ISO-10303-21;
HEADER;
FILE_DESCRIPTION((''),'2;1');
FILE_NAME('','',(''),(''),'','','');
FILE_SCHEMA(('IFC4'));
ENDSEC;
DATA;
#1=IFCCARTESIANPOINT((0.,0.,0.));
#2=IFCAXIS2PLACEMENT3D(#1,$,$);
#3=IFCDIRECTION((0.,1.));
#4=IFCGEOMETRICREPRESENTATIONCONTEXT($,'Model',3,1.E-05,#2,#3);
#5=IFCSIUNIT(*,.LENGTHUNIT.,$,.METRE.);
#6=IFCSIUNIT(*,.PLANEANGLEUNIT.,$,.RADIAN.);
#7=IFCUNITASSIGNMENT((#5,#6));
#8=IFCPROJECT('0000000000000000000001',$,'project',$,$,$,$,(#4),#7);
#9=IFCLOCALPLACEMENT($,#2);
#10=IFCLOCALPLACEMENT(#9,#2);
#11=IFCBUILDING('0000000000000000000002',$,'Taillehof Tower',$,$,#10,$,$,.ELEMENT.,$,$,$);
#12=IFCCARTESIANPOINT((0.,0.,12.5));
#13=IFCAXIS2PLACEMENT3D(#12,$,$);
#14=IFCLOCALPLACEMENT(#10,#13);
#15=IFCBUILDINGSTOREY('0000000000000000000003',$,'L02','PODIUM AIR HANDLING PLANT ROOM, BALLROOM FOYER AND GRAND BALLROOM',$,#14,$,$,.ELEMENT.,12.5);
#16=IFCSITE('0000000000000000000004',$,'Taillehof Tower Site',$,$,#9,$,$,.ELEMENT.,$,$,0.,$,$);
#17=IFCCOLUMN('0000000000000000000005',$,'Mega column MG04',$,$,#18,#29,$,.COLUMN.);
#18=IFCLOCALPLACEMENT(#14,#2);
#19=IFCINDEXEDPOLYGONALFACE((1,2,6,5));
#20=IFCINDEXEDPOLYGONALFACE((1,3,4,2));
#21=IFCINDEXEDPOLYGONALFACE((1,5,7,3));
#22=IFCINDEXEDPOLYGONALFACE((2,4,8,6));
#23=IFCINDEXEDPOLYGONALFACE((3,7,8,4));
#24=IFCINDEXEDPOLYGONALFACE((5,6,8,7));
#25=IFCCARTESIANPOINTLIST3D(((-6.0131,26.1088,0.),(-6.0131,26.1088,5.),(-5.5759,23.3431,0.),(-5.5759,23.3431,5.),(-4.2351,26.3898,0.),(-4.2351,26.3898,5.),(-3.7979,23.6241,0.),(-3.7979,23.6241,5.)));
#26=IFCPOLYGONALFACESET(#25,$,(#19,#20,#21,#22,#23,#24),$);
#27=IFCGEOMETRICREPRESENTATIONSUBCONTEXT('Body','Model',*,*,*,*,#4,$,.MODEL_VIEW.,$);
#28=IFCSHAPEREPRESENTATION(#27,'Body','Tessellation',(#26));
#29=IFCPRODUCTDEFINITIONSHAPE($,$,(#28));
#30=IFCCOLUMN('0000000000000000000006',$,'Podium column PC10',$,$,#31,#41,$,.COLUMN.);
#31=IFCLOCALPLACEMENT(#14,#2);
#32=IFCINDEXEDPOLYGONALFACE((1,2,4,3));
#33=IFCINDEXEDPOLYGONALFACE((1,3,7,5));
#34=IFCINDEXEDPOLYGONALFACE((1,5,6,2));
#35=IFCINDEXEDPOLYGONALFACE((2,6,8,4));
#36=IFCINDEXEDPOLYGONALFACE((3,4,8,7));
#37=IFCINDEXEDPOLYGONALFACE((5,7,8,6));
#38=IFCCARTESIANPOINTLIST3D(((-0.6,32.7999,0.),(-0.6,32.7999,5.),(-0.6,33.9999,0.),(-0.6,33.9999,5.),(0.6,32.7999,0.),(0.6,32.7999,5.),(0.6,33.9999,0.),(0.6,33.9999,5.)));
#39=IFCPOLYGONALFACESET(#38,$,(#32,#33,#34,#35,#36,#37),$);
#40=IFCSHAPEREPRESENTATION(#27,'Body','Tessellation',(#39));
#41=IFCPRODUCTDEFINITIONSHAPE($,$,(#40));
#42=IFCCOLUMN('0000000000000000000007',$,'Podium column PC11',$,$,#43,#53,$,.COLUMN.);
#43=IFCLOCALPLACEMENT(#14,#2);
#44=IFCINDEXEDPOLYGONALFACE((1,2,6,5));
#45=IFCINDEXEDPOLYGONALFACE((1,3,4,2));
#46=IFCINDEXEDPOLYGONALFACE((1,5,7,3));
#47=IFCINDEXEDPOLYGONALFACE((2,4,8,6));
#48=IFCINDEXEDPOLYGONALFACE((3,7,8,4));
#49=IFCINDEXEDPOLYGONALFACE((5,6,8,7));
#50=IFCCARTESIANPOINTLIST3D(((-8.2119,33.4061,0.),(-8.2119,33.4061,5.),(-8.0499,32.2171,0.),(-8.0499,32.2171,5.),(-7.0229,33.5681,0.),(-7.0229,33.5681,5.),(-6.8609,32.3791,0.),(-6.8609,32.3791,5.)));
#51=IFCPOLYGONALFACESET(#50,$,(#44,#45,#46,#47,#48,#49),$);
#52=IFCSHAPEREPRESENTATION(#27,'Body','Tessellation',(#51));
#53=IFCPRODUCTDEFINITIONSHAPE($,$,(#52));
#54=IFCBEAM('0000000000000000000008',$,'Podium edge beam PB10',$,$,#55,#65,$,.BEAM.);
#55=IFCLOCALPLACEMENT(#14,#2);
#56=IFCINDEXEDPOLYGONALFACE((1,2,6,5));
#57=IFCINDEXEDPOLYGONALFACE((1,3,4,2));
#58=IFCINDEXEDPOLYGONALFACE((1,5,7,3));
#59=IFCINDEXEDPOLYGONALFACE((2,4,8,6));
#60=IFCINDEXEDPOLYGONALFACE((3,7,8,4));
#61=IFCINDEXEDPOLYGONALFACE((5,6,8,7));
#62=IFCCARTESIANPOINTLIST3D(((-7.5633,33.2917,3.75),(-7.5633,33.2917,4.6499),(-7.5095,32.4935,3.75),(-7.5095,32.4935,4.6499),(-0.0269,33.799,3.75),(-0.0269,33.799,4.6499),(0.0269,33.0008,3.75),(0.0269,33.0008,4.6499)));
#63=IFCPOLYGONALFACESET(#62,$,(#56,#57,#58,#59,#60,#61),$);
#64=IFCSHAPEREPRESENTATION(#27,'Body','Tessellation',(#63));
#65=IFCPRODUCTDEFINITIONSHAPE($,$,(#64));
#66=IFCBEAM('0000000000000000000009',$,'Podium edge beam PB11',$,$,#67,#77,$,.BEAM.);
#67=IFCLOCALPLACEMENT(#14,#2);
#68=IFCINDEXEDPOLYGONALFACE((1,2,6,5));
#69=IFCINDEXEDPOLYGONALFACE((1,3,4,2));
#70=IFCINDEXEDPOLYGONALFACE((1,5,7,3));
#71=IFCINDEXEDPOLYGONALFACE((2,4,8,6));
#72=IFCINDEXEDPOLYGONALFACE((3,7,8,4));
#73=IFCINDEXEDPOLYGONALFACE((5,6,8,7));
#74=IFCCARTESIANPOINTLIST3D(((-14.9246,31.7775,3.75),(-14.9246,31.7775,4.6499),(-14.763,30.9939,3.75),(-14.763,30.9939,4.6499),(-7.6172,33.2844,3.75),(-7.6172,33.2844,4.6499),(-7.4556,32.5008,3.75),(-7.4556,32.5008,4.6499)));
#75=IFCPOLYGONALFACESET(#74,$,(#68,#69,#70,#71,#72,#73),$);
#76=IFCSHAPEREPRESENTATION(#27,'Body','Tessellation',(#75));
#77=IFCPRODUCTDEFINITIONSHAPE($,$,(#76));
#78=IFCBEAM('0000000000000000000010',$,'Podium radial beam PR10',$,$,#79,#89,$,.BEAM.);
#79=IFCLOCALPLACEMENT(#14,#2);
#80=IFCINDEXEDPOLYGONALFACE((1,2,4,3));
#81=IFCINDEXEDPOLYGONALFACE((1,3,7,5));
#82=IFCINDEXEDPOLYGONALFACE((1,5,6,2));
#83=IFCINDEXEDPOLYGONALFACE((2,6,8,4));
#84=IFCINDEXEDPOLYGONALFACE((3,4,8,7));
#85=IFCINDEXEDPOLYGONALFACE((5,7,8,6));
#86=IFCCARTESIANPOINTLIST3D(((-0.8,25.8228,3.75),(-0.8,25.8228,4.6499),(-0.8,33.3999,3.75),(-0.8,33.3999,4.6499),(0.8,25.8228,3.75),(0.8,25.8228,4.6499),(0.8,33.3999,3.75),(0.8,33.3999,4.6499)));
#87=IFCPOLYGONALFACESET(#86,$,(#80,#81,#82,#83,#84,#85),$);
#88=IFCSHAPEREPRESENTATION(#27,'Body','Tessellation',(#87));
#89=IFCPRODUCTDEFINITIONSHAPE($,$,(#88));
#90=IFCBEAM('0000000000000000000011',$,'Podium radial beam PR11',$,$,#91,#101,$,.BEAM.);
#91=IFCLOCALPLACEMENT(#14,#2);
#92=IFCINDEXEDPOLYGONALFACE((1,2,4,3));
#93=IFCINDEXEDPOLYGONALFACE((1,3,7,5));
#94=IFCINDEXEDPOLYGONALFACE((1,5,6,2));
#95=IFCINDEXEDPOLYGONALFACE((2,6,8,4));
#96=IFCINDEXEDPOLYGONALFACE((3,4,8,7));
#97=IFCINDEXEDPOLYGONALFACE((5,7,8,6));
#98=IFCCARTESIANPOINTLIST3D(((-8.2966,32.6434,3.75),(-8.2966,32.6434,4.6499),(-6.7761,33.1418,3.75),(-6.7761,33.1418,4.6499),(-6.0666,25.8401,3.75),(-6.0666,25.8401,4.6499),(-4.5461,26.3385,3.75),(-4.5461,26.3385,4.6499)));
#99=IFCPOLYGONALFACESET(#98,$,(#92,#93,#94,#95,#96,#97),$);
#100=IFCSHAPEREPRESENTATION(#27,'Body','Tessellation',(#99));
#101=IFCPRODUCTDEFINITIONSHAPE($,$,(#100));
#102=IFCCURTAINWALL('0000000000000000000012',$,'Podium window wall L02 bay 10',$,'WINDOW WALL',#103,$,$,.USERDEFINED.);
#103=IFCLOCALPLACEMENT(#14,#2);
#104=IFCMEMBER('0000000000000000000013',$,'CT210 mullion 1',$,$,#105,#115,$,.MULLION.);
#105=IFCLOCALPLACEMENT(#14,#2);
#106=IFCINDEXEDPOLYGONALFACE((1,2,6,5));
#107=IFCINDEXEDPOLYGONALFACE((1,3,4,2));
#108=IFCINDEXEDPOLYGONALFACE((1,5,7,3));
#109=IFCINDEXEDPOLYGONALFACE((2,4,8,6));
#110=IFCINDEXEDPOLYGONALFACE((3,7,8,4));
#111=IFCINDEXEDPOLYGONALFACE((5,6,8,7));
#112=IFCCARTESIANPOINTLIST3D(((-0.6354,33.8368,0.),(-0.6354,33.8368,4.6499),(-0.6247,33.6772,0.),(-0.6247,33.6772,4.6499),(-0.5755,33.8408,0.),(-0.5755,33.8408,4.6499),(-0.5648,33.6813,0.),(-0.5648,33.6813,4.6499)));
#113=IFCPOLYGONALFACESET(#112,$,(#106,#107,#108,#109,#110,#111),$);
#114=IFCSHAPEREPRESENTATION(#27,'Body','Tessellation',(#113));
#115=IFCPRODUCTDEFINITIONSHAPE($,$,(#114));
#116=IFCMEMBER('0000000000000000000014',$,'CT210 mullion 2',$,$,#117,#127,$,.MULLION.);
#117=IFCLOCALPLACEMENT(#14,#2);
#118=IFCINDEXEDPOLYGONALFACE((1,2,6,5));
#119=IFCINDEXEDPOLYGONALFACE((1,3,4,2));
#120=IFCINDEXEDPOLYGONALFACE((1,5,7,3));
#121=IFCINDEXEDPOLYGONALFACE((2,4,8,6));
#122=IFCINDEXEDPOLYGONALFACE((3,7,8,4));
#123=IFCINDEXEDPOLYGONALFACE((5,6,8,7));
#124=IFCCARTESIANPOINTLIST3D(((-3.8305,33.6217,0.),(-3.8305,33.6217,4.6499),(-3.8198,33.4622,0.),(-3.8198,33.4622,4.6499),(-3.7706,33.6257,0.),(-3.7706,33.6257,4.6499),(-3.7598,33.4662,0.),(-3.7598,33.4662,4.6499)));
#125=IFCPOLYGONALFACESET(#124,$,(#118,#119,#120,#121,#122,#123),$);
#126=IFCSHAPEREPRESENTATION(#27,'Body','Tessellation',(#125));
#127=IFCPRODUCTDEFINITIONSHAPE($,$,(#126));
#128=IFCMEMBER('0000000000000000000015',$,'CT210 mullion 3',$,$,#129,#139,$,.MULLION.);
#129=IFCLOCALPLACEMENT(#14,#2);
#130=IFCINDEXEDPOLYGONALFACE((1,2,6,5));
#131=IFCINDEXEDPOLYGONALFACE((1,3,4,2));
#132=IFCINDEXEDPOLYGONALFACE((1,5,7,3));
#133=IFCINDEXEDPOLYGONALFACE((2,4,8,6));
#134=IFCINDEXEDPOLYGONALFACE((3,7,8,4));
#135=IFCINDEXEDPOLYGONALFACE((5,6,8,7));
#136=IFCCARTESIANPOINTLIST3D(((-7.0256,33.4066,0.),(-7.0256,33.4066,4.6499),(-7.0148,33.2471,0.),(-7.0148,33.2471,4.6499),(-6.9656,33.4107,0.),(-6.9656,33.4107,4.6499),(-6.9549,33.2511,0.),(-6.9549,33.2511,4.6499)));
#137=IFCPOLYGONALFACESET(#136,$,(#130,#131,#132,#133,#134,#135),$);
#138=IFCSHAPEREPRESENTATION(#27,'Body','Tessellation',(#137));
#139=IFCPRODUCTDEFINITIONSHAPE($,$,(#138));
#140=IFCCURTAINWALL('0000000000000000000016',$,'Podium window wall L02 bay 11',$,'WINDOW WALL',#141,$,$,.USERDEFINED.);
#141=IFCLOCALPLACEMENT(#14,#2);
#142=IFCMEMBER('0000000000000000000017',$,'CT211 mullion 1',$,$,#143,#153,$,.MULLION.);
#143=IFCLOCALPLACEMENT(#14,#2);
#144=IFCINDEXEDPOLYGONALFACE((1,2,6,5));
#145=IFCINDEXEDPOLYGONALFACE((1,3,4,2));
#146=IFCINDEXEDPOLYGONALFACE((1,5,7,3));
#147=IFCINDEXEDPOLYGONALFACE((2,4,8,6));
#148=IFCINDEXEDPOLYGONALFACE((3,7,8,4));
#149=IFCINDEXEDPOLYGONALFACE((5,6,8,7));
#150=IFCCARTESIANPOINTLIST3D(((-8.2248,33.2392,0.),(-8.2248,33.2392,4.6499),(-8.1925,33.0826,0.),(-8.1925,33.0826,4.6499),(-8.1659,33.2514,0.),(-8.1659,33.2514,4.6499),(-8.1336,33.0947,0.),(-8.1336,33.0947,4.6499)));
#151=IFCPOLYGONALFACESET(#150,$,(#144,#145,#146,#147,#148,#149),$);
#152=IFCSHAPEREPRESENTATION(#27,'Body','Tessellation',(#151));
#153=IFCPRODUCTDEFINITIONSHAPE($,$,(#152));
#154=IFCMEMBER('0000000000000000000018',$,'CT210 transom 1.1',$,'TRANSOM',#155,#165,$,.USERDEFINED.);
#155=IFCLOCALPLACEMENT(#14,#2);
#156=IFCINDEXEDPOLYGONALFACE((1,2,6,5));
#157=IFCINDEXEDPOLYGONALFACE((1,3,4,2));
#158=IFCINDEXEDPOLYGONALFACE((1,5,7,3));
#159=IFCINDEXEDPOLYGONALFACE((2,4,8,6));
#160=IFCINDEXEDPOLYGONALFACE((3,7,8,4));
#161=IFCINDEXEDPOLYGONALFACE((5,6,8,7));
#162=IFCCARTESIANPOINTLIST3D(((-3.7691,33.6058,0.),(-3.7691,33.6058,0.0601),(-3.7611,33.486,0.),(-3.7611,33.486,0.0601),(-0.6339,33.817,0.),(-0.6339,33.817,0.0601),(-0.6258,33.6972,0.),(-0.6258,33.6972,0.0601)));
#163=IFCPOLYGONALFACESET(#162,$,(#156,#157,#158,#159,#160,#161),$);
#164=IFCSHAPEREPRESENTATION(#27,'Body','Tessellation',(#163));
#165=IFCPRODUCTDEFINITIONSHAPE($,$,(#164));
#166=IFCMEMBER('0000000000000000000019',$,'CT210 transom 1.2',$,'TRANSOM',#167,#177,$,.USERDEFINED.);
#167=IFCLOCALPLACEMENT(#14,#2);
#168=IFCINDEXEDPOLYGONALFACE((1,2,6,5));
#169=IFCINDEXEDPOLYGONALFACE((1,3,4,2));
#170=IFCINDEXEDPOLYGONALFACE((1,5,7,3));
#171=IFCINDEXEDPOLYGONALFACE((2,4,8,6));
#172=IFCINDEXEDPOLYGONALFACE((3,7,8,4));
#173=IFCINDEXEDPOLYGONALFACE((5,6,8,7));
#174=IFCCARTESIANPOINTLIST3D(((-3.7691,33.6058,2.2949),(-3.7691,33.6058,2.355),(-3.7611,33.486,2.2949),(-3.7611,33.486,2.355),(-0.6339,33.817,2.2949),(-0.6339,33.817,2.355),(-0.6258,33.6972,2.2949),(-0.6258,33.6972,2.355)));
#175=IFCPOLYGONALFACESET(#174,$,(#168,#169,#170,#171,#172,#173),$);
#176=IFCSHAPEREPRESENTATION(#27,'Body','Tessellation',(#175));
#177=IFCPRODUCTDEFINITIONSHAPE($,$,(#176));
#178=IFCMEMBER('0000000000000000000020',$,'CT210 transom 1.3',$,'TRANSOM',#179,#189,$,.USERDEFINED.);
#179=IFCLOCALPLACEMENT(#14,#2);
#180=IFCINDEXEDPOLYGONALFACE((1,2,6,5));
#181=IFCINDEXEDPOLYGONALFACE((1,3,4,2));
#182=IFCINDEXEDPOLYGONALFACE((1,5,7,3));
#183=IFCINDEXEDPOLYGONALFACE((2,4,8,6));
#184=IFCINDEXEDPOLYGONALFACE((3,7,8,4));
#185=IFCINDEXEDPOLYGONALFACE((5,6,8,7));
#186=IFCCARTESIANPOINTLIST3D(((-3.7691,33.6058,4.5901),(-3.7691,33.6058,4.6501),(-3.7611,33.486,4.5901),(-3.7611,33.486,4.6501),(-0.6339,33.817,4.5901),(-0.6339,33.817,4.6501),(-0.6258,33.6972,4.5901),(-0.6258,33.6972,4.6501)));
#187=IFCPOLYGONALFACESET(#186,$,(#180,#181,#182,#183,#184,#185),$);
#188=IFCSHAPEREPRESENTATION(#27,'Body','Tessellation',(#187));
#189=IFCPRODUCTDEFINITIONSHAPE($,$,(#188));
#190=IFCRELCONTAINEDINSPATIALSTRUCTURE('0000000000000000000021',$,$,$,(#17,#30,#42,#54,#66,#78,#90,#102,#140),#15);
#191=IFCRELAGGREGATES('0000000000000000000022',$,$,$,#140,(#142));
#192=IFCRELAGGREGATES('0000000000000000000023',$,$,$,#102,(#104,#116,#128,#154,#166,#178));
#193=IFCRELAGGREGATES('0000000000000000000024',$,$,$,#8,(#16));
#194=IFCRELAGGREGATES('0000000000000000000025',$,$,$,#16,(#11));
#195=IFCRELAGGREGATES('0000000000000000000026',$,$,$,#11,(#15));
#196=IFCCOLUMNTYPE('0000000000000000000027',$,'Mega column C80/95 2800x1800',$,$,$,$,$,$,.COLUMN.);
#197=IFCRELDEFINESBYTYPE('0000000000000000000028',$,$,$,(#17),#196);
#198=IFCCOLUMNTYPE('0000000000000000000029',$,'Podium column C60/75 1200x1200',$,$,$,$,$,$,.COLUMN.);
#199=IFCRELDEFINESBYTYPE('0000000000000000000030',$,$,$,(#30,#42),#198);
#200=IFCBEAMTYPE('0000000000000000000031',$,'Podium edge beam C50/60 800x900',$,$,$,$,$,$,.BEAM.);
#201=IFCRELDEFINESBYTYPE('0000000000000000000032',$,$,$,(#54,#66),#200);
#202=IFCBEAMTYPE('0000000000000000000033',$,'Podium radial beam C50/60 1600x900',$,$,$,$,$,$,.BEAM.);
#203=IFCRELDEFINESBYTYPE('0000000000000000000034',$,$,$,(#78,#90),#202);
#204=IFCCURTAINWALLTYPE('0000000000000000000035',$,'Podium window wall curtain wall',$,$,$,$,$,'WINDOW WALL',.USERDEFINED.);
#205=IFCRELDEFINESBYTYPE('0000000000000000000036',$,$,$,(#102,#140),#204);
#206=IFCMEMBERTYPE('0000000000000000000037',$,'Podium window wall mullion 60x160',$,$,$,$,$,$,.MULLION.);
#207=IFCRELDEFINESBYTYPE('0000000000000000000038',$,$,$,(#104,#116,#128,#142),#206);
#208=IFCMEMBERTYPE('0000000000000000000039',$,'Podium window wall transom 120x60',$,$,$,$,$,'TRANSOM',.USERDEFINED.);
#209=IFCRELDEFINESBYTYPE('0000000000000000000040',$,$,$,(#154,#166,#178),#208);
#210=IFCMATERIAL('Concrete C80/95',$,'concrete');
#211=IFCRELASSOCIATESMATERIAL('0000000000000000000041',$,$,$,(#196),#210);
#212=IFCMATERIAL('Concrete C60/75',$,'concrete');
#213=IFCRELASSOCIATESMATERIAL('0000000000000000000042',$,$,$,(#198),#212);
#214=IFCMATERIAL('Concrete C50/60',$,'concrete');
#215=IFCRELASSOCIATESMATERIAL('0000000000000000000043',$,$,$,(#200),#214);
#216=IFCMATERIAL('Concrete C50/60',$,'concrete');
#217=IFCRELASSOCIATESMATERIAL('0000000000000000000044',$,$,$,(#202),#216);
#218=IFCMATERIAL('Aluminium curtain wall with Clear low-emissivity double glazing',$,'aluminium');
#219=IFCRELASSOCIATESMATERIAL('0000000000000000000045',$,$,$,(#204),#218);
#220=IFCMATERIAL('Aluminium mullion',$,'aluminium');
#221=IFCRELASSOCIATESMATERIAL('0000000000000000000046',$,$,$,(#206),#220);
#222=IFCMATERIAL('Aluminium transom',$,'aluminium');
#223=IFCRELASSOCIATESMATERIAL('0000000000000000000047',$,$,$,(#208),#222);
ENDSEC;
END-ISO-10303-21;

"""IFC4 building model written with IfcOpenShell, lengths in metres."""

from ifc_helpers import new_model, si_unit, direction, frame, origin, origin_2d, place, context, subcontext, project, spatial, rectangle, extrude, material, material_profile, profile_set, type_object, element, aggregate, save


model = new_model("IFC4")

# Units and contexts
model_context = context("Model", 3, precision=1e-05, world=origin(), true_north=direction((0.0, 1.0)))
body_context = subcontext(model_context, "Body", "Model", "MODEL_VIEW")
ifc_project = project(units=[si_unit("LENGTHUNIT", "METRE"), si_unit("PLANEANGLEUNIT", "RADIAN")], contexts=[model_context])

# Site, building, storey
site_placement = place(None, origin())
site = spatial("IfcSite", under=ifc_project, at=site_placement, Name="Taillehof Tower Site", CompositionType="ELEMENT", RefElevation=0.0)
building_placement = place(site_placement, origin())
building = spatial("IfcBuilding", under=site, at=building_placement, Name="Taillehof Tower", CompositionType="ELEMENT")
storey_placement = place(building_placement, frame((0.0, 0.0, 12.5)))
storey = spatial("IfcBuildingStorey", under=building, at=storey_placement, Name="L02", Description="PODIUM AIR HANDLING PLANT ROOM, BALLROOM FOYER AND GRAND BALLROOM", CompositionType="ELEMENT", Elevation=12.5)

# Columns
ifc_material_1 = material(Name="Concrete C80/95", Category="concrete")
ifc_material_profile_1 = material_profile(ifc_material_1, rectangle(XDim=2.8, YDim=1.8, at=origin_2d()), Name="RC 2800x1800")
ifc_profile_set_1 = profile_set([ifc_material_profile_1], Name="Concrete C80/95")
column_type_1 = type_object("IfcColumnType", Name="Mega column C80/95 2800x1800", PredefinedType="COLUMN", material=ifc_profile_set_1)
column_placement = place(storey_placement, frame((-4.9055, 24.8665, 0.0), z_axis=(0.0, 0.0, 1.0), x_axis=(-0.156147, 0.987734, 0.0)))
element("IfcColumn", 1, at=column_placement, inside=storey, type_object=column_type_1, Name="Mega column MG04", PredefinedType="COLUMN", context=body_context, shape_type="SweptSolid", body=[
    extrude(rectangle(XDim=2.8, YDim=1.8, at=origin_2d()), origin(), (0.0, 0.0, 1.0), 5.0),
])
ifc_material_2 = material(Name="Concrete C60/75", Category="concrete")
ifc_material_profile_2 = material_profile(ifc_material_2, rectangle(XDim=1.2, YDim=1.2, at=origin_2d()), Name="RC 1200x1200")
ifc_profile_set_2 = profile_set([ifc_material_profile_2], Name="Concrete C60/75")
column_type_2 = type_object("IfcColumnType", Name="Podium column C60/75 1200x1200", PredefinedType="COLUMN", material=ifc_profile_set_2)
for number, where, z_axis, x_axis, name in (
    (2, (0.0, 33.3999, 0.0), (0.0, 0.0, 1.0), (0.0, 1.0, 0.0), "Podium column PC10"),
    (3, (-7.5364, 32.8926, 0.0), (0.0, 0.0, 1.0), (-0.135005, 0.990845, 0.0), "Podium column PC11"),
):
    element("IfcColumn", number, at=place(storey_placement, frame(where, z_axis=z_axis, x_axis=x_axis)), inside=storey, type_object=column_type_2, Name=name, PredefinedType="COLUMN", context=body_context, shape_type="SweptSolid", body=[
        extrude(rectangle(XDim=1.2, YDim=1.2, at=origin_2d()), origin(), (0.0, 0.0, 1.0), 5.0),
    ])

# Beams
ifc_material_3 = material(Name="Concrete C50/60", Category="concrete")
ifc_material_profile_3 = material_profile(ifc_material_3, rectangle(XDim=0.8, YDim=0.8999, at=origin_2d()), Name="RC 800x900")
ifc_profile_set_3 = profile_set([ifc_material_profile_3], Name="Concrete C50/60")
beam_type_1 = type_object("IfcBeamType", Name="Podium edge beam C50/60 800x900", PredefinedType="BEAM", material=ifc_profile_set_3)
beam_1_placement = place(storey_placement, frame((0.0, 33.3999, 4.2), z_axis=(-0.997742, -0.067165, 0.0), x_axis=(0.067165, -0.997742, 0.0)))
element("IfcBeam", 4, at=beam_1_placement, inside=storey, type_object=beam_type_1, Name="Podium edge beam PB10", PredefinedType="BEAM", context=body_context, shape_type="SweptSolid", body=[
    extrude(rectangle(XDim=0.8, YDim=0.8999, at=origin_2d()), origin(), (0.0, 0.0, 1.0), 7.5535),
])
beam_2_placement = place(storey_placement, frame((-7.5364, 32.8926, 4.2), z_axis=(-0.979394, -0.201959, 0.0), x_axis=(0.201959, -0.979394, 0.0)))
element("IfcBeam", 5, at=beam_2_placement, inside=storey, type_object=beam_type_1, Name="Podium edge beam PB11", PredefinedType="BEAM", context=body_context, shape_type="SweptSolid", body=[
    extrude(rectangle(XDim=0.8, YDim=0.8999, at=origin_2d()), origin(), (0.0, 0.0, 1.0), 7.4612),
])
ifc_material_4 = material(Name="Concrete C50/60", Category="concrete")
ifc_material_profile_4 = material_profile(ifc_material_4, rectangle(XDim=1.6001, YDim=0.8999, at=origin_2d()), Name="RC 1600x900")
ifc_profile_set_4 = profile_set([ifc_material_profile_4], Name="Concrete C50/60")
beam_type_2 = type_object("IfcBeamType", Name="Podium radial beam C50/60 1600x900", PredefinedType="BEAM", material=ifc_profile_set_4)
beam_3_placement = place(storey_placement, frame((0.0, 33.3999, 4.2), z_axis=(0.0, -1.0, 0.0), x_axis=(1.0, 0.0, 0.0)))
element("IfcBeam", 6, at=beam_3_placement, inside=storey, type_object=beam_type_2, Name="Podium radial beam PR10", PredefinedType="BEAM", context=body_context, shape_type="SweptSolid", body=[
    extrude(rectangle(XDim=1.6001, YDim=0.8999, at=origin_2d()), origin(), (0.0, 0.0, 1.0), 7.5771),
])
beam_4_placement = place(storey_placement, frame((-7.5364, 32.8926, 4.2), z_axis=(0.311477, -0.950254, 0.0), x_axis=(0.950254, 0.311477, 0.0)))
element("IfcBeam", 7, at=beam_4_placement, inside=storey, type_object=beam_type_2, Name="Podium radial beam PR11", PredefinedType="BEAM", context=body_context, shape_type="SweptSolid", body=[
    extrude(rectangle(XDim=1.6001, YDim=0.8999, at=origin_2d()), origin(), (0.0, 0.0, 1.0), 7.1594),
])

# Curtain wall, members
ifc_material_5 = material(Name="Aluminium curtain wall with Clear low-emissivity double glazing", Category="aluminium")
curtain_wall_type = type_object("IfcCurtainWallType", Name="Podium window wall curtain wall", ElementType="WINDOW WALL", PredefinedType="USERDEFINED", material=ifc_material_5)
curtain_wall_1_placement = place(storey_placement, origin())
curtain_wall_1 = element("IfcCurtainWall", 8, at=curtain_wall_1_placement, inside=storey, type_object=curtain_wall_type, Name="Podium window wall L02 bay 10", ObjectType="WINDOW WALL", PredefinedType="USERDEFINED")
ifc_material_6 = material(Name="Aluminium mullion", Category="aluminium")
ifc_material_profile_5 = material_profile(ifc_material_6, rectangle(XDim=0.1599, YDim=0.0601, at=origin_2d()), Name="AL 60x160")
ifc_profile_set_5 = profile_set([ifc_material_profile_5], Name="Aluminium mullion")
member_type_1 = type_object("IfcMemberType", Name="Podium window wall mullion 60x160", PredefinedType="MULLION", material=ifc_profile_set_5)
member_1_placement = place(storey_placement, frame((-0.6001, 33.759, 0.0), z_axis=(0.0, 0.0, 1.0), x_axis=(0.067183, -0.997741, 0.0)))
member_1 = element("IfcMember", 9, at=member_1_placement, type_object=member_type_1, Name="CT210 mullion 1", PredefinedType="MULLION", context=body_context, shape_type="SweptSolid", body=[
    extrude(rectangle(XDim=0.1599, YDim=0.0601, at=origin_2d()), origin(), (0.0, 0.0, 1.0), 4.6499),
])
member_2_placement = place(storey_placement, frame((-3.7952, 33.5439, 0.0), z_axis=(0.0, 0.0, 1.0), x_axis=(0.067183, -0.997741, 0.0)))
member_2 = element("IfcMember", 10, at=member_2_placement, type_object=member_type_1, Name="CT210 mullion 2", PredefinedType="MULLION", context=body_context, shape_type="SweptSolid", body=[
    extrude(rectangle(XDim=0.1599, YDim=0.0601, at=origin_2d()), origin(), (0.0, 0.0, 1.0), 4.6499),
])
member_3_placement = place(storey_placement, frame((-6.9902, 33.3289, 0.0), z_axis=(0.0, 0.0, 1.0), x_axis=(0.067183, -0.997741, 0.0)))
member_3 = element("IfcMember", 11, at=member_3_placement, type_object=member_type_1, Name="CT210 mullion 3", PredefinedType="MULLION", context=body_context, shape_type="SweptSolid", body=[
    extrude(rectangle(XDim=0.1599, YDim=0.0601, at=origin_2d()), origin(), (0.0, 0.0, 1.0), 4.6499),
])

# Curtain wall, member
curtain_wall_2_placement = place(storey_placement, origin())
curtain_wall_2 = element("IfcCurtainWall", 12, at=curtain_wall_2_placement, inside=storey, type_object=curtain_wall_type, Name="Podium window wall L02 bay 11", ObjectType="WINDOW WALL", PredefinedType="USERDEFINED")
member_4_placement = place(storey_placement, frame((-8.1792, 33.167, 0.0), z_axis=(0.0, 0.0, 1.0), x_axis=(0.201976, -0.97939, 0.0)))
member_4 = element("IfcMember", 13, at=member_4_placement, type_object=member_type_1, Name="CT211 mullion 1", PredefinedType="MULLION", context=body_context, shape_type="SweptSolid", body=[
    extrude(rectangle(XDim=0.1599, YDim=0.0601, at=origin_2d()), origin(), (0.0, 0.0, 1.0), 4.6499),
])

# Members
ifc_material_7 = material(Name="Aluminium transom", Category="aluminium")
ifc_material_profile_6 = material_profile(ifc_material_7, rectangle(XDim=0.1201, YDim=0.0601, at=origin_2d()), Name="AL 120x60")
ifc_profile_set_6 = profile_set([ifc_material_profile_6], Name="Aluminium transom")
member_type_2 = type_object("IfcMemberType", Name="Podium window wall transom 120x60", ElementType="TRANSOM", PredefinedType="USERDEFINED", material=ifc_profile_set_6)
member_5_placement = place(storey_placement, frame((-0.6299, 33.7571, 0.03), z_axis=(-0.997739, -0.067205, 0.0), x_axis=(0.067205, -0.997739, 0.0)))
member_5 = element("IfcMember", 14, at=member_5_placement, type_object=member_type_2, Name="CT210 transom 1.1", ObjectType="TRANSOM", PredefinedType="USERDEFINED", context=body_context, shape_type="SweptSolid", body=[
    extrude(rectangle(XDim=0.1201, YDim=0.0601, at=origin_2d()), origin(), (0.0, 0.0, 1.0), 3.1423),
])
member_6_placement = place(storey_placement, frame((-0.6299, 33.7571, 2.325), z_axis=(-0.997739, -0.067205, 0.0), x_axis=(0.067205, -0.997739, 0.0)))
member_6 = element("IfcMember", 15, at=member_6_placement, type_object=member_type_2, Name="CT210 transom 1.2", ObjectType="TRANSOM", PredefinedType="USERDEFINED", context=body_context, shape_type="SweptSolid", body=[
    extrude(rectangle(XDim=0.1201, YDim=0.0601, at=origin_2d()), origin(), (0.0, 0.0, 1.0), 3.1423),
])
member_7_placement = place(storey_placement, frame((-0.6299, 33.7571, 4.6201), z_axis=(-0.997739, -0.067205, 0.0), x_axis=(0.067205, -0.997739, 0.0)))
member_7 = element("IfcMember", 16, at=member_7_placement, type_object=member_type_2, Name="CT210 transom 1.3", ObjectType="TRANSOM", PredefinedType="USERDEFINED", context=body_context, shape_type="SweptSolid", body=[
    extrude(rectangle(XDim=0.1201, YDim=0.0601, at=origin_2d()), origin(), (0.0, 0.0, 1.0), 3.1423),
])
aggregate(curtain_wall_2, [member_4])

aggregate(curtain_wall_1, [member_1, member_2, member_3, member_5, member_6, member_7])

save(model, "model.ifc")
